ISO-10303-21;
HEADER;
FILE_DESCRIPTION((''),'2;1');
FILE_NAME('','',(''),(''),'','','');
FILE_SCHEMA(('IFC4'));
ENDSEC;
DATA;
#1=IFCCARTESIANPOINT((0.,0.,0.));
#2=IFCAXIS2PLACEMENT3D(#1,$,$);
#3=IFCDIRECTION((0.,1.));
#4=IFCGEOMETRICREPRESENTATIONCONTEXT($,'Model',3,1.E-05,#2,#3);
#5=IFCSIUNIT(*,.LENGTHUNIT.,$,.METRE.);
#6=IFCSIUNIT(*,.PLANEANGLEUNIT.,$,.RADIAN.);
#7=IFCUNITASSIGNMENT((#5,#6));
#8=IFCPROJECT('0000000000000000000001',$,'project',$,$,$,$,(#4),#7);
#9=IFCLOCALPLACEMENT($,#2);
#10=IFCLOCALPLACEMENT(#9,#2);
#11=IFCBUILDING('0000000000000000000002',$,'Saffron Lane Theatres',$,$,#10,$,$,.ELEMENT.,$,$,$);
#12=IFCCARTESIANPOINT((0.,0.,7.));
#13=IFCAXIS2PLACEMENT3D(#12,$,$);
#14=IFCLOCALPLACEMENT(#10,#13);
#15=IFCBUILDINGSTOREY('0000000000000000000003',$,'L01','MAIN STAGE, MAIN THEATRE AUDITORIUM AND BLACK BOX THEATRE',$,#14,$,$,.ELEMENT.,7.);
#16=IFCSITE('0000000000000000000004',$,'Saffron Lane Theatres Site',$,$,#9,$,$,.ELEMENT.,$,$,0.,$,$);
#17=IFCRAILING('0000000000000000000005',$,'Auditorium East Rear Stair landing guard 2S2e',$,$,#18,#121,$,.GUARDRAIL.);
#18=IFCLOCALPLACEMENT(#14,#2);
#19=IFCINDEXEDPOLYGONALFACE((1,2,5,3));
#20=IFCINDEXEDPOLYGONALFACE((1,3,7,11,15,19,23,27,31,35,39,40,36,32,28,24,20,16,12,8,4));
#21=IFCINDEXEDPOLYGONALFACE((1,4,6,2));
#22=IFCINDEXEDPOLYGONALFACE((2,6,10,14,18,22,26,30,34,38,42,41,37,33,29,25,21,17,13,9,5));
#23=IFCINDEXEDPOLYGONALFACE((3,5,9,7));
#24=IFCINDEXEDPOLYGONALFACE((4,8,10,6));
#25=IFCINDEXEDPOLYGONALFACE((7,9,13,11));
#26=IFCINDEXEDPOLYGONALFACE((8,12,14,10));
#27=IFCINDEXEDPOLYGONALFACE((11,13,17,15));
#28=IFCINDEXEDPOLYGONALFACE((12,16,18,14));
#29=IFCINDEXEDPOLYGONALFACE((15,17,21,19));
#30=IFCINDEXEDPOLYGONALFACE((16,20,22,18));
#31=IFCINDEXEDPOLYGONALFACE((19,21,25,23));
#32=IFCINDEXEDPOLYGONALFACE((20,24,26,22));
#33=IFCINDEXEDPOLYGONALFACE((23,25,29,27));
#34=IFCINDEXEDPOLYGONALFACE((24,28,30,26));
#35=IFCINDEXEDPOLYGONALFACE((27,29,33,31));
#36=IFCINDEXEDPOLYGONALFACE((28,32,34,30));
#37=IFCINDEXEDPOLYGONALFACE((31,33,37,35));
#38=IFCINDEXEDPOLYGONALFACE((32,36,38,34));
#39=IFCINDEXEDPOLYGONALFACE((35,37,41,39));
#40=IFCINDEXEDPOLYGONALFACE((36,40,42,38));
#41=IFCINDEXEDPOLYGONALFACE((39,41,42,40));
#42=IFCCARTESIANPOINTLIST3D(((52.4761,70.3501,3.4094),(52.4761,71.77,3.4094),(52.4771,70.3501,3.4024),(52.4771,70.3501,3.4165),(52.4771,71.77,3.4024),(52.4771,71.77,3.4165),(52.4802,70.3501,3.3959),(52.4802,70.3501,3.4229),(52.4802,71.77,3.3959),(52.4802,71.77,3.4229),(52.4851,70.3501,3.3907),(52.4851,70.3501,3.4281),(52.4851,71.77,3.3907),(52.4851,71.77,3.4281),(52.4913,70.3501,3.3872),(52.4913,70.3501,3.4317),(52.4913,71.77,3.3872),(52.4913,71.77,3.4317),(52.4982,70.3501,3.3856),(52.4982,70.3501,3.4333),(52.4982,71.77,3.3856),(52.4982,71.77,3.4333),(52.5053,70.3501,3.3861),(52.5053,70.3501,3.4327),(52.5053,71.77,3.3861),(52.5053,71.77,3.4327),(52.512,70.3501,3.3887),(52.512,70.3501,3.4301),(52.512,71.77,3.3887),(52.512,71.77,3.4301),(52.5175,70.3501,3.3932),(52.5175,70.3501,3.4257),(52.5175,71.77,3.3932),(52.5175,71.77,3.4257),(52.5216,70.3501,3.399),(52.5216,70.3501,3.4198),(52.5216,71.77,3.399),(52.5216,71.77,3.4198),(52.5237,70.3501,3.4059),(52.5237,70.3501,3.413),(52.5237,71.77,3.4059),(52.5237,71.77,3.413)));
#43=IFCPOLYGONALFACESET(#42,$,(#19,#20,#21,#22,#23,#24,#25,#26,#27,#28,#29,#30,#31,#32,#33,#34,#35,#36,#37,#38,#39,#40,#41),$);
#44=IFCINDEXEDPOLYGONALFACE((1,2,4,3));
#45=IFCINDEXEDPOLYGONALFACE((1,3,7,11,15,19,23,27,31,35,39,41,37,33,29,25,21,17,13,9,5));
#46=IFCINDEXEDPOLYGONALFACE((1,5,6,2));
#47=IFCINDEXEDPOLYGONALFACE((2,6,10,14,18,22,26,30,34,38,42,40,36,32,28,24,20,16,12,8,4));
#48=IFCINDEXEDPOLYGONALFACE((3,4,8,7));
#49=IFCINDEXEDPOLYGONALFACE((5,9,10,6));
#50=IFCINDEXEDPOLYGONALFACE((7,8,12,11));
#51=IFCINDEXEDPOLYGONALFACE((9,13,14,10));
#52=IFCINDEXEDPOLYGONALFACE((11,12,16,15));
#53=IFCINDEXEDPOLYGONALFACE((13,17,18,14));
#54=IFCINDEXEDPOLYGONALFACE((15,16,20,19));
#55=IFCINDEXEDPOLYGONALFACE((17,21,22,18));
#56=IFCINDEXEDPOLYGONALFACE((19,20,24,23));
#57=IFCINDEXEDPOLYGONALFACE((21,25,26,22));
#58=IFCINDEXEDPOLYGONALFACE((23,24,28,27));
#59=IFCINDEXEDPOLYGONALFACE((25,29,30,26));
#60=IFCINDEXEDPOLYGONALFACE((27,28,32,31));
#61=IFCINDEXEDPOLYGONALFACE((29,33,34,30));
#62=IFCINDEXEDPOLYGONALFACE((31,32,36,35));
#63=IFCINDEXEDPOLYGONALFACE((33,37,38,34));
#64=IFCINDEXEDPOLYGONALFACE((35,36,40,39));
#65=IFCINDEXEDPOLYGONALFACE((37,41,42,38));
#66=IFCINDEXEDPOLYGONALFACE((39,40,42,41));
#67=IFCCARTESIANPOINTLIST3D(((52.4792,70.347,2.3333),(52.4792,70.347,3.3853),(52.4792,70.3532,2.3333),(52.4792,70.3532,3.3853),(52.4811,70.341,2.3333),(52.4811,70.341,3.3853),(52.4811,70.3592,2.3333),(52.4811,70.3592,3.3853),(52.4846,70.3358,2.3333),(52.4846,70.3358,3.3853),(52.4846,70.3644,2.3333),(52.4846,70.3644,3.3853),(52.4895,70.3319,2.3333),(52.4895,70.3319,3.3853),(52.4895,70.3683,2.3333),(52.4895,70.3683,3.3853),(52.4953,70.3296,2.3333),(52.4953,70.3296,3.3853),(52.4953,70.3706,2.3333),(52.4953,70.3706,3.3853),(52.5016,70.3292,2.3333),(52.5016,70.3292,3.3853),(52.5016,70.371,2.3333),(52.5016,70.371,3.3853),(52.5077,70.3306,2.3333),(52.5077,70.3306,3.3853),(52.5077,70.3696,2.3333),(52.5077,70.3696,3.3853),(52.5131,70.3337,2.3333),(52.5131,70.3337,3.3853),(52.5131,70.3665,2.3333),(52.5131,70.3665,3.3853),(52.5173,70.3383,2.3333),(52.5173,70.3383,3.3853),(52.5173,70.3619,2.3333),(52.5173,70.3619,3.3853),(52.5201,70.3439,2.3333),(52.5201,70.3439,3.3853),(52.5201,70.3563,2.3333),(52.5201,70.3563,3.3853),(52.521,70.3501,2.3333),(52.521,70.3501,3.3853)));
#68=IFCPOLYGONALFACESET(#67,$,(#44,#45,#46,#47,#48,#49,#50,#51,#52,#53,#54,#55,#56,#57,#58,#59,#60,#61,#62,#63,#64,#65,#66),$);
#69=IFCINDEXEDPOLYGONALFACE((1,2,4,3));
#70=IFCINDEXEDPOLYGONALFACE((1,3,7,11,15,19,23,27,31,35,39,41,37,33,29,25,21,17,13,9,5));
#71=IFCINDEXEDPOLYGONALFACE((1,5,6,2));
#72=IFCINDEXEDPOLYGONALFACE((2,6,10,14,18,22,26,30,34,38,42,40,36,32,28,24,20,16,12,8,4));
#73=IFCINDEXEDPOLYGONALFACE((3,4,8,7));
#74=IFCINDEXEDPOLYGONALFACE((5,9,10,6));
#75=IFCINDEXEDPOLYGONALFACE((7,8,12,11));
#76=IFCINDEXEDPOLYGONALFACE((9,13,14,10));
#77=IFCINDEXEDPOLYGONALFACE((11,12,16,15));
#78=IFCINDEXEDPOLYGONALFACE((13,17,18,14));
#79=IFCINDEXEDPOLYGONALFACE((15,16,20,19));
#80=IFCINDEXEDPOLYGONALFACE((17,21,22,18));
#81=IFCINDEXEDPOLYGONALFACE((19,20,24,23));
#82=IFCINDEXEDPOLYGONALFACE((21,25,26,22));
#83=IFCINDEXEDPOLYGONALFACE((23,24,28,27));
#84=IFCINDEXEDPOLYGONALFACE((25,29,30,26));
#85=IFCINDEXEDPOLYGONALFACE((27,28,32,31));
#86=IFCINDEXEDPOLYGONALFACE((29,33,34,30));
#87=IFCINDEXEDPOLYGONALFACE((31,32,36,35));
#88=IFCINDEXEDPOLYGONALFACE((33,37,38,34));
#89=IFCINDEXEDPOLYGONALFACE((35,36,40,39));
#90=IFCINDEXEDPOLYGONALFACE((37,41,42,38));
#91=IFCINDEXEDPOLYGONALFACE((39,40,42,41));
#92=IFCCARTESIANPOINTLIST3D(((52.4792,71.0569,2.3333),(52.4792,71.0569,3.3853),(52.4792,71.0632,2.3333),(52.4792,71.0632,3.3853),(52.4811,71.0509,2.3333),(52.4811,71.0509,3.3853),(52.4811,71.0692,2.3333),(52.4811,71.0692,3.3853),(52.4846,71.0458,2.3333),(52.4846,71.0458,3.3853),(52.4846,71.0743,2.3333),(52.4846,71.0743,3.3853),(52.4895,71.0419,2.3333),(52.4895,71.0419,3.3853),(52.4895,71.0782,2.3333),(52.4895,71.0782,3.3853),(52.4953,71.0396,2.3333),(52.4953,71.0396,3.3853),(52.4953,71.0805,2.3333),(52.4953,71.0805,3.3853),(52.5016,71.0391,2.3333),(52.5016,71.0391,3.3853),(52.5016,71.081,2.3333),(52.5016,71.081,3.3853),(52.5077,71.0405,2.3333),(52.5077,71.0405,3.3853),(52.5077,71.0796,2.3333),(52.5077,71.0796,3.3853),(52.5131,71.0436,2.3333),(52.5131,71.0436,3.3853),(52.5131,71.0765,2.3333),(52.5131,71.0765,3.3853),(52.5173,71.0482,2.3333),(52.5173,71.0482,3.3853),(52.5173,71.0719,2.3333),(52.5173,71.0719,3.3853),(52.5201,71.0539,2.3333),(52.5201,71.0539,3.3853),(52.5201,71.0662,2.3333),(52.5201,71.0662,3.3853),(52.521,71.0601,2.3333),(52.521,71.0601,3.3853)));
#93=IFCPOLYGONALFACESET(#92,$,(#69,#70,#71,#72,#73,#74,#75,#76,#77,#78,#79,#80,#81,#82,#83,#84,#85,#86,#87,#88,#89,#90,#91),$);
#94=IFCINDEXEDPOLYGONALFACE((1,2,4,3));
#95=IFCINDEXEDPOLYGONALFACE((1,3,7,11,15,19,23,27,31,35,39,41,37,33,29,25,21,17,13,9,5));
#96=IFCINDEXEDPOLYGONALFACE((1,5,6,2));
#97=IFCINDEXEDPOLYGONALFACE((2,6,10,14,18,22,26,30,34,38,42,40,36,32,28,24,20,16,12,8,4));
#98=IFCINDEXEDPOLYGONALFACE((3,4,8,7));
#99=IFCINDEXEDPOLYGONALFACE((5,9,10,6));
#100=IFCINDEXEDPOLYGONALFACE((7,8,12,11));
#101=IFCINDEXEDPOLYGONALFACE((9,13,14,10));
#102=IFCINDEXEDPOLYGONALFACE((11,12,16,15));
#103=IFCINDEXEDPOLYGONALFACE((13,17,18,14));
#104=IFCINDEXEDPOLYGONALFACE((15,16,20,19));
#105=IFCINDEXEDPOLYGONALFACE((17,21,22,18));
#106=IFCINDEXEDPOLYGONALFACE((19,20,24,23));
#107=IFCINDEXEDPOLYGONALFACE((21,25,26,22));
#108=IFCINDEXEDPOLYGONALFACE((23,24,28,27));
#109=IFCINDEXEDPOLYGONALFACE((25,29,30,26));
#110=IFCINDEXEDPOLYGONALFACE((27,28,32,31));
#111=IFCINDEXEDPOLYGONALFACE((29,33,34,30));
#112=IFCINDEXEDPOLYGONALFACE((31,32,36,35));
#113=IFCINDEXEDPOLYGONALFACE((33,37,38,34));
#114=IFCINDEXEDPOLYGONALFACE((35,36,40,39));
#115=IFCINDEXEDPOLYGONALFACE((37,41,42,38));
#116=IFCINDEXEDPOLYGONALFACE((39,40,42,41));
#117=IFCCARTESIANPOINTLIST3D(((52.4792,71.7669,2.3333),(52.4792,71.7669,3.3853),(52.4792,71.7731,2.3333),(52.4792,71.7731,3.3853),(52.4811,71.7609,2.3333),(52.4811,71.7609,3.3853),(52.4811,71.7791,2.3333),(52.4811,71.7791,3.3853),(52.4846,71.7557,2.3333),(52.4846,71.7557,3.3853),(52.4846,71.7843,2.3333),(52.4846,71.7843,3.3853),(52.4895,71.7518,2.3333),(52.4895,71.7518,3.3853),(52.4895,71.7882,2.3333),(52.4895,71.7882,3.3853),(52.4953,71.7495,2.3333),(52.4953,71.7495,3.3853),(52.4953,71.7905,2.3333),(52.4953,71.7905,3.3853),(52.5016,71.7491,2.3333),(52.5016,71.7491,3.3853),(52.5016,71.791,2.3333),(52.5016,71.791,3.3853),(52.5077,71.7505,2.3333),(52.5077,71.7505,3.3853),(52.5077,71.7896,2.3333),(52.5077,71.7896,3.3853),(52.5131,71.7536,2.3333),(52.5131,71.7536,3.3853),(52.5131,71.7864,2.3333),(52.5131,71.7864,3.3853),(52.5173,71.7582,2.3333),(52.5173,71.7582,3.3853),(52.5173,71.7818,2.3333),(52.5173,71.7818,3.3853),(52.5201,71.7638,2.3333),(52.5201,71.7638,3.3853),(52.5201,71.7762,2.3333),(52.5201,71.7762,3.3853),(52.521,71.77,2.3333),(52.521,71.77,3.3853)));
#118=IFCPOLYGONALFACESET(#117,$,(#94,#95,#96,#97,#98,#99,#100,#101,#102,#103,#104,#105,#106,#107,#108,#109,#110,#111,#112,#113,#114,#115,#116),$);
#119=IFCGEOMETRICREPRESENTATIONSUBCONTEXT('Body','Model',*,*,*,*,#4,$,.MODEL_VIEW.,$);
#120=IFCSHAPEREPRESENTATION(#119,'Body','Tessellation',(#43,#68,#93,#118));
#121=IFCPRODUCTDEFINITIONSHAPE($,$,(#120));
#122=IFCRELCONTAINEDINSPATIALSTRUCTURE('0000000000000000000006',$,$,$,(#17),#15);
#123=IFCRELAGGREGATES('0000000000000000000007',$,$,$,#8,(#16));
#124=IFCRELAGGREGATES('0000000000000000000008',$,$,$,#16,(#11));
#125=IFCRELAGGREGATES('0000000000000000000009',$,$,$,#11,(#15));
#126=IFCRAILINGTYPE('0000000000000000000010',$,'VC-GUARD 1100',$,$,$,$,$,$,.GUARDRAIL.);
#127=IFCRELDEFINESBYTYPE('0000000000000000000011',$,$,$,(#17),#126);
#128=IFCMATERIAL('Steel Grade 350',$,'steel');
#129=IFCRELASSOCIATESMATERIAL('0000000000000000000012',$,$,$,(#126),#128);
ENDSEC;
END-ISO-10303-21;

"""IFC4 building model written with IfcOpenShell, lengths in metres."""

from ifc_helpers import new_model, si_unit, direction, frame, origin, origin_2d, place, context, subcontext, project, spatial, circle, extrude, material, type_object, element, save


model = new_model("IFC4")

# Units and contexts
model_context = context("Model", 3, precision=1e-05, world=origin(), true_north=direction((0.0, 1.0)))
body_context = subcontext(model_context, "Body", "Model", "MODEL_VIEW")
ifc_project = project(units=[si_unit("LENGTHUNIT", "METRE"), si_unit("PLANEANGLEUNIT", "RADIAN")], contexts=[model_context])

# Site, building, storey
site_placement = place(None, origin())
site = spatial("IfcSite", under=ifc_project, at=site_placement, Name="Saffron Lane Theatres Site", CompositionType="ELEMENT", RefElevation=0.0)
building_placement = place(site_placement, origin())
building = spatial("IfcBuilding", under=site, at=building_placement, Name="Saffron Lane Theatres", CompositionType="ELEMENT")
storey_placement = place(building_placement, frame((0.0, 0.0, 7.0)))
storey = spatial("IfcBuildingStorey", under=building, at=storey_placement, Name="L01", Description="MAIN STAGE, MAIN THEATRE AUDITORIUM AND BLACK BOX THEATRE", CompositionType="ELEMENT", Elevation=7.0)

# Railing
ifc_material_1 = material(Name="Steel Grade 350", Category="steel")
railing_type_1 = type_object("IfcRailingType", Name="VC-GUARD 1100", PredefinedType="GUARDRAIL", material=ifc_material_1)
railing_1_placement = place(storey_placement, frame((52.5, 70.3501, 2.3333)))
element("IfcRailing", 1, at=railing_1_placement, inside=storey, type_object=railing_type_1, Name="Auditorium East Rear Stair landing guard 2S2e", PredefinedType="GUARDRAIL", context=body_context, shape_type="SweptSolid", body=[
    extrude(circle(Radius=0.0239, at=origin_2d()), frame((0.0, 0.0, 1.0762), z_axis=(0.0, 1.0, 0.0), x_axis=(-1.0, 0.0, 0.0)), (0.0, 0.0, 1.0), 1.4199),
    extrude(circle(Radius=0.021, at=origin_2d()), origin(), (0.0, 0.0, 1.0), 1.052),
    extrude(circle(Radius=0.021, at=origin_2d()), frame((0.0, 0.71, 0.0)), (0.0, 0.0, 1.0), 1.052),
    extrude(circle(Radius=0.021, at=origin_2d()), frame((0.0, 1.4199, 0.0)), (0.0, 0.0, 1.0), 1.052),
])

save(model, "model.ifc")
